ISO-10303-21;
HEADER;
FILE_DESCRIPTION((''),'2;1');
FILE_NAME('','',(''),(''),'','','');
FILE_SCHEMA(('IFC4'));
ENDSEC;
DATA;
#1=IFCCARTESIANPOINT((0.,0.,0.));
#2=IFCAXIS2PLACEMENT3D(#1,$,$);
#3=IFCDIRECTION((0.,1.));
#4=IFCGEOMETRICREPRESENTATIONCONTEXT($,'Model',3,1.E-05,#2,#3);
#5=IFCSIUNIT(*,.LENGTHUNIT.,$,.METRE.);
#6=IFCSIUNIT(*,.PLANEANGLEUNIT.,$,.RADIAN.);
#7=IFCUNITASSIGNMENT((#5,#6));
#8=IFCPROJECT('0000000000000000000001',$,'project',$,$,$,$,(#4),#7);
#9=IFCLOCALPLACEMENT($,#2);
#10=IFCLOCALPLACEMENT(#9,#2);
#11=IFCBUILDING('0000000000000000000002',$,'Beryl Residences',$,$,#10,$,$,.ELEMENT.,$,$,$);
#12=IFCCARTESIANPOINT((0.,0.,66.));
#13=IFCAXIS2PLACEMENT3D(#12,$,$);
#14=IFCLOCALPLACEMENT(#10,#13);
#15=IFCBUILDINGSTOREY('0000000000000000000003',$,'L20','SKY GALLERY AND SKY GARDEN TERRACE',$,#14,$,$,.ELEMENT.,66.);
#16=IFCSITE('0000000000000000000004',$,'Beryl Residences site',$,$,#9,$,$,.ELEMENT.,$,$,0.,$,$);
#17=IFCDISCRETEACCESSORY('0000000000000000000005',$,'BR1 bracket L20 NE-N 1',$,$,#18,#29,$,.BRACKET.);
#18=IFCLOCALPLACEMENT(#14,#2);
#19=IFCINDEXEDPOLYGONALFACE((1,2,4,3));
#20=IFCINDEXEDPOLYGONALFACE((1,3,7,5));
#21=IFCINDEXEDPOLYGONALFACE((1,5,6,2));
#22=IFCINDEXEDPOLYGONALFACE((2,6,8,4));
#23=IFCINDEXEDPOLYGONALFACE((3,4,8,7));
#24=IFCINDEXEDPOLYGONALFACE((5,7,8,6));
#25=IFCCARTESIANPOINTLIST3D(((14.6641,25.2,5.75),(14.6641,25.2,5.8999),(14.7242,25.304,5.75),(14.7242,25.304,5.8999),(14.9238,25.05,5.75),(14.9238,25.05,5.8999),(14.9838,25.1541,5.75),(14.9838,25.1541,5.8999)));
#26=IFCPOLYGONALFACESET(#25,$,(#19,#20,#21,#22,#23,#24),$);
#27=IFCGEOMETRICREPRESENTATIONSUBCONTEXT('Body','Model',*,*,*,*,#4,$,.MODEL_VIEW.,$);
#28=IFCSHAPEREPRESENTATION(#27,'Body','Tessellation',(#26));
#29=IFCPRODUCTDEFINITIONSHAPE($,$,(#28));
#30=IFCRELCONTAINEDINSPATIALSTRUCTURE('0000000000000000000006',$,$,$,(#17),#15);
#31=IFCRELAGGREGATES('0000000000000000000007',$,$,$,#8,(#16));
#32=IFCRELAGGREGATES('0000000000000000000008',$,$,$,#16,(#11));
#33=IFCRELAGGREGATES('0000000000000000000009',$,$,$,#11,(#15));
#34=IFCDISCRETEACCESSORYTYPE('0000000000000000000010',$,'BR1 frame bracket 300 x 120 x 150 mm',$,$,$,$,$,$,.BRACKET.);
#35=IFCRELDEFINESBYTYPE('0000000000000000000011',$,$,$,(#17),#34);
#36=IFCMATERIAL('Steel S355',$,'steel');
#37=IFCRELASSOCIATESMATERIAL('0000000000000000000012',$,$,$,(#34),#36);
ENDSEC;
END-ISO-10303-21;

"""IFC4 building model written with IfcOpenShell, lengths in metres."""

from ifc_helpers import new_model, si_unit, direction, frame, origin, place, context, subcontext, project, spatial, polyline, outline, extrude, source, transform, mapped, material, type_object, type_shapes, element, save


model = new_model("IFC4")

# Units and contexts
model_context = context("Model", 3, precision=1e-05, world=origin(), true_north=direction((0.0, 1.0)))
body_context = subcontext(model_context, "Body", "Model", "MODEL_VIEW")
ifc_project = project(units=[si_unit("LENGTHUNIT", "METRE"), si_unit("PLANEANGLEUNIT", "RADIAN")], contexts=[model_context])

# Site, building, storey
site_placement = place(None, origin())
site = spatial("IfcSite", under=ifc_project, at=site_placement, Name="Beryl Residences site", CompositionType="ELEMENT", RefElevation=0.0)
building_placement = place(site_placement, origin())
building = spatial("IfcBuilding", under=site, at=building_placement, Name="Beryl Residences", CompositionType="ELEMENT")
storey_placement = place(building_placement, frame((0.0, 0.0, 66.0)))
storey = spatial("IfcBuildingStorey", under=building, at=storey_placement, Name="L20", Description="SKY GALLERY AND SKY GARDEN TERRACE", CompositionType="ELEMENT", Elevation=66.0)

# Discrete accessory
ifc_material_1 = material(Name="Steel S355", Category="steel")
discrete_accessory_type = type_object("IfcDiscreteAccessoryType", Name="BR1 frame bracket 300 x 120 x 150 mm", PredefinedType="BRACKET", material=ifc_material_1)
shared_shape_1 = source(origin(), body_context, "Body", "SweptSolid", [
    extrude(outline(polyline([(-0.1499, 0.0), (0.1499, 0.0), (0.1499, 0.1201), (-0.1499, 0.1201), (-0.1499, 0.0)])), origin(), (0.0, 0.0, 1.0), 0.1499),
])
type_shapes(discrete_accessory_type, [shared_shape_1])
for number, where, z_axis, x_axis, name in (
    (1, (14.7939, 25.125, 5.75), (0.0, 0.0, 1.0), (0.866025, -0.5, 0.0), "BR1 bracket L20 NE-N 1"),
):
    element("IfcDiscreteAccessory", number, at=place(storey_placement, frame(where, z_axis=z_axis, x_axis=x_axis)), inside=storey, type_object=discrete_accessory_type, Name=name, PredefinedType="BRACKET", context=body_context, shape_type="MappedRepresentation", body=[
        mapped(shared_shape_1, transform((0.0, 0.0, 0.0))),
    ])

save(model, "model.ifc")
